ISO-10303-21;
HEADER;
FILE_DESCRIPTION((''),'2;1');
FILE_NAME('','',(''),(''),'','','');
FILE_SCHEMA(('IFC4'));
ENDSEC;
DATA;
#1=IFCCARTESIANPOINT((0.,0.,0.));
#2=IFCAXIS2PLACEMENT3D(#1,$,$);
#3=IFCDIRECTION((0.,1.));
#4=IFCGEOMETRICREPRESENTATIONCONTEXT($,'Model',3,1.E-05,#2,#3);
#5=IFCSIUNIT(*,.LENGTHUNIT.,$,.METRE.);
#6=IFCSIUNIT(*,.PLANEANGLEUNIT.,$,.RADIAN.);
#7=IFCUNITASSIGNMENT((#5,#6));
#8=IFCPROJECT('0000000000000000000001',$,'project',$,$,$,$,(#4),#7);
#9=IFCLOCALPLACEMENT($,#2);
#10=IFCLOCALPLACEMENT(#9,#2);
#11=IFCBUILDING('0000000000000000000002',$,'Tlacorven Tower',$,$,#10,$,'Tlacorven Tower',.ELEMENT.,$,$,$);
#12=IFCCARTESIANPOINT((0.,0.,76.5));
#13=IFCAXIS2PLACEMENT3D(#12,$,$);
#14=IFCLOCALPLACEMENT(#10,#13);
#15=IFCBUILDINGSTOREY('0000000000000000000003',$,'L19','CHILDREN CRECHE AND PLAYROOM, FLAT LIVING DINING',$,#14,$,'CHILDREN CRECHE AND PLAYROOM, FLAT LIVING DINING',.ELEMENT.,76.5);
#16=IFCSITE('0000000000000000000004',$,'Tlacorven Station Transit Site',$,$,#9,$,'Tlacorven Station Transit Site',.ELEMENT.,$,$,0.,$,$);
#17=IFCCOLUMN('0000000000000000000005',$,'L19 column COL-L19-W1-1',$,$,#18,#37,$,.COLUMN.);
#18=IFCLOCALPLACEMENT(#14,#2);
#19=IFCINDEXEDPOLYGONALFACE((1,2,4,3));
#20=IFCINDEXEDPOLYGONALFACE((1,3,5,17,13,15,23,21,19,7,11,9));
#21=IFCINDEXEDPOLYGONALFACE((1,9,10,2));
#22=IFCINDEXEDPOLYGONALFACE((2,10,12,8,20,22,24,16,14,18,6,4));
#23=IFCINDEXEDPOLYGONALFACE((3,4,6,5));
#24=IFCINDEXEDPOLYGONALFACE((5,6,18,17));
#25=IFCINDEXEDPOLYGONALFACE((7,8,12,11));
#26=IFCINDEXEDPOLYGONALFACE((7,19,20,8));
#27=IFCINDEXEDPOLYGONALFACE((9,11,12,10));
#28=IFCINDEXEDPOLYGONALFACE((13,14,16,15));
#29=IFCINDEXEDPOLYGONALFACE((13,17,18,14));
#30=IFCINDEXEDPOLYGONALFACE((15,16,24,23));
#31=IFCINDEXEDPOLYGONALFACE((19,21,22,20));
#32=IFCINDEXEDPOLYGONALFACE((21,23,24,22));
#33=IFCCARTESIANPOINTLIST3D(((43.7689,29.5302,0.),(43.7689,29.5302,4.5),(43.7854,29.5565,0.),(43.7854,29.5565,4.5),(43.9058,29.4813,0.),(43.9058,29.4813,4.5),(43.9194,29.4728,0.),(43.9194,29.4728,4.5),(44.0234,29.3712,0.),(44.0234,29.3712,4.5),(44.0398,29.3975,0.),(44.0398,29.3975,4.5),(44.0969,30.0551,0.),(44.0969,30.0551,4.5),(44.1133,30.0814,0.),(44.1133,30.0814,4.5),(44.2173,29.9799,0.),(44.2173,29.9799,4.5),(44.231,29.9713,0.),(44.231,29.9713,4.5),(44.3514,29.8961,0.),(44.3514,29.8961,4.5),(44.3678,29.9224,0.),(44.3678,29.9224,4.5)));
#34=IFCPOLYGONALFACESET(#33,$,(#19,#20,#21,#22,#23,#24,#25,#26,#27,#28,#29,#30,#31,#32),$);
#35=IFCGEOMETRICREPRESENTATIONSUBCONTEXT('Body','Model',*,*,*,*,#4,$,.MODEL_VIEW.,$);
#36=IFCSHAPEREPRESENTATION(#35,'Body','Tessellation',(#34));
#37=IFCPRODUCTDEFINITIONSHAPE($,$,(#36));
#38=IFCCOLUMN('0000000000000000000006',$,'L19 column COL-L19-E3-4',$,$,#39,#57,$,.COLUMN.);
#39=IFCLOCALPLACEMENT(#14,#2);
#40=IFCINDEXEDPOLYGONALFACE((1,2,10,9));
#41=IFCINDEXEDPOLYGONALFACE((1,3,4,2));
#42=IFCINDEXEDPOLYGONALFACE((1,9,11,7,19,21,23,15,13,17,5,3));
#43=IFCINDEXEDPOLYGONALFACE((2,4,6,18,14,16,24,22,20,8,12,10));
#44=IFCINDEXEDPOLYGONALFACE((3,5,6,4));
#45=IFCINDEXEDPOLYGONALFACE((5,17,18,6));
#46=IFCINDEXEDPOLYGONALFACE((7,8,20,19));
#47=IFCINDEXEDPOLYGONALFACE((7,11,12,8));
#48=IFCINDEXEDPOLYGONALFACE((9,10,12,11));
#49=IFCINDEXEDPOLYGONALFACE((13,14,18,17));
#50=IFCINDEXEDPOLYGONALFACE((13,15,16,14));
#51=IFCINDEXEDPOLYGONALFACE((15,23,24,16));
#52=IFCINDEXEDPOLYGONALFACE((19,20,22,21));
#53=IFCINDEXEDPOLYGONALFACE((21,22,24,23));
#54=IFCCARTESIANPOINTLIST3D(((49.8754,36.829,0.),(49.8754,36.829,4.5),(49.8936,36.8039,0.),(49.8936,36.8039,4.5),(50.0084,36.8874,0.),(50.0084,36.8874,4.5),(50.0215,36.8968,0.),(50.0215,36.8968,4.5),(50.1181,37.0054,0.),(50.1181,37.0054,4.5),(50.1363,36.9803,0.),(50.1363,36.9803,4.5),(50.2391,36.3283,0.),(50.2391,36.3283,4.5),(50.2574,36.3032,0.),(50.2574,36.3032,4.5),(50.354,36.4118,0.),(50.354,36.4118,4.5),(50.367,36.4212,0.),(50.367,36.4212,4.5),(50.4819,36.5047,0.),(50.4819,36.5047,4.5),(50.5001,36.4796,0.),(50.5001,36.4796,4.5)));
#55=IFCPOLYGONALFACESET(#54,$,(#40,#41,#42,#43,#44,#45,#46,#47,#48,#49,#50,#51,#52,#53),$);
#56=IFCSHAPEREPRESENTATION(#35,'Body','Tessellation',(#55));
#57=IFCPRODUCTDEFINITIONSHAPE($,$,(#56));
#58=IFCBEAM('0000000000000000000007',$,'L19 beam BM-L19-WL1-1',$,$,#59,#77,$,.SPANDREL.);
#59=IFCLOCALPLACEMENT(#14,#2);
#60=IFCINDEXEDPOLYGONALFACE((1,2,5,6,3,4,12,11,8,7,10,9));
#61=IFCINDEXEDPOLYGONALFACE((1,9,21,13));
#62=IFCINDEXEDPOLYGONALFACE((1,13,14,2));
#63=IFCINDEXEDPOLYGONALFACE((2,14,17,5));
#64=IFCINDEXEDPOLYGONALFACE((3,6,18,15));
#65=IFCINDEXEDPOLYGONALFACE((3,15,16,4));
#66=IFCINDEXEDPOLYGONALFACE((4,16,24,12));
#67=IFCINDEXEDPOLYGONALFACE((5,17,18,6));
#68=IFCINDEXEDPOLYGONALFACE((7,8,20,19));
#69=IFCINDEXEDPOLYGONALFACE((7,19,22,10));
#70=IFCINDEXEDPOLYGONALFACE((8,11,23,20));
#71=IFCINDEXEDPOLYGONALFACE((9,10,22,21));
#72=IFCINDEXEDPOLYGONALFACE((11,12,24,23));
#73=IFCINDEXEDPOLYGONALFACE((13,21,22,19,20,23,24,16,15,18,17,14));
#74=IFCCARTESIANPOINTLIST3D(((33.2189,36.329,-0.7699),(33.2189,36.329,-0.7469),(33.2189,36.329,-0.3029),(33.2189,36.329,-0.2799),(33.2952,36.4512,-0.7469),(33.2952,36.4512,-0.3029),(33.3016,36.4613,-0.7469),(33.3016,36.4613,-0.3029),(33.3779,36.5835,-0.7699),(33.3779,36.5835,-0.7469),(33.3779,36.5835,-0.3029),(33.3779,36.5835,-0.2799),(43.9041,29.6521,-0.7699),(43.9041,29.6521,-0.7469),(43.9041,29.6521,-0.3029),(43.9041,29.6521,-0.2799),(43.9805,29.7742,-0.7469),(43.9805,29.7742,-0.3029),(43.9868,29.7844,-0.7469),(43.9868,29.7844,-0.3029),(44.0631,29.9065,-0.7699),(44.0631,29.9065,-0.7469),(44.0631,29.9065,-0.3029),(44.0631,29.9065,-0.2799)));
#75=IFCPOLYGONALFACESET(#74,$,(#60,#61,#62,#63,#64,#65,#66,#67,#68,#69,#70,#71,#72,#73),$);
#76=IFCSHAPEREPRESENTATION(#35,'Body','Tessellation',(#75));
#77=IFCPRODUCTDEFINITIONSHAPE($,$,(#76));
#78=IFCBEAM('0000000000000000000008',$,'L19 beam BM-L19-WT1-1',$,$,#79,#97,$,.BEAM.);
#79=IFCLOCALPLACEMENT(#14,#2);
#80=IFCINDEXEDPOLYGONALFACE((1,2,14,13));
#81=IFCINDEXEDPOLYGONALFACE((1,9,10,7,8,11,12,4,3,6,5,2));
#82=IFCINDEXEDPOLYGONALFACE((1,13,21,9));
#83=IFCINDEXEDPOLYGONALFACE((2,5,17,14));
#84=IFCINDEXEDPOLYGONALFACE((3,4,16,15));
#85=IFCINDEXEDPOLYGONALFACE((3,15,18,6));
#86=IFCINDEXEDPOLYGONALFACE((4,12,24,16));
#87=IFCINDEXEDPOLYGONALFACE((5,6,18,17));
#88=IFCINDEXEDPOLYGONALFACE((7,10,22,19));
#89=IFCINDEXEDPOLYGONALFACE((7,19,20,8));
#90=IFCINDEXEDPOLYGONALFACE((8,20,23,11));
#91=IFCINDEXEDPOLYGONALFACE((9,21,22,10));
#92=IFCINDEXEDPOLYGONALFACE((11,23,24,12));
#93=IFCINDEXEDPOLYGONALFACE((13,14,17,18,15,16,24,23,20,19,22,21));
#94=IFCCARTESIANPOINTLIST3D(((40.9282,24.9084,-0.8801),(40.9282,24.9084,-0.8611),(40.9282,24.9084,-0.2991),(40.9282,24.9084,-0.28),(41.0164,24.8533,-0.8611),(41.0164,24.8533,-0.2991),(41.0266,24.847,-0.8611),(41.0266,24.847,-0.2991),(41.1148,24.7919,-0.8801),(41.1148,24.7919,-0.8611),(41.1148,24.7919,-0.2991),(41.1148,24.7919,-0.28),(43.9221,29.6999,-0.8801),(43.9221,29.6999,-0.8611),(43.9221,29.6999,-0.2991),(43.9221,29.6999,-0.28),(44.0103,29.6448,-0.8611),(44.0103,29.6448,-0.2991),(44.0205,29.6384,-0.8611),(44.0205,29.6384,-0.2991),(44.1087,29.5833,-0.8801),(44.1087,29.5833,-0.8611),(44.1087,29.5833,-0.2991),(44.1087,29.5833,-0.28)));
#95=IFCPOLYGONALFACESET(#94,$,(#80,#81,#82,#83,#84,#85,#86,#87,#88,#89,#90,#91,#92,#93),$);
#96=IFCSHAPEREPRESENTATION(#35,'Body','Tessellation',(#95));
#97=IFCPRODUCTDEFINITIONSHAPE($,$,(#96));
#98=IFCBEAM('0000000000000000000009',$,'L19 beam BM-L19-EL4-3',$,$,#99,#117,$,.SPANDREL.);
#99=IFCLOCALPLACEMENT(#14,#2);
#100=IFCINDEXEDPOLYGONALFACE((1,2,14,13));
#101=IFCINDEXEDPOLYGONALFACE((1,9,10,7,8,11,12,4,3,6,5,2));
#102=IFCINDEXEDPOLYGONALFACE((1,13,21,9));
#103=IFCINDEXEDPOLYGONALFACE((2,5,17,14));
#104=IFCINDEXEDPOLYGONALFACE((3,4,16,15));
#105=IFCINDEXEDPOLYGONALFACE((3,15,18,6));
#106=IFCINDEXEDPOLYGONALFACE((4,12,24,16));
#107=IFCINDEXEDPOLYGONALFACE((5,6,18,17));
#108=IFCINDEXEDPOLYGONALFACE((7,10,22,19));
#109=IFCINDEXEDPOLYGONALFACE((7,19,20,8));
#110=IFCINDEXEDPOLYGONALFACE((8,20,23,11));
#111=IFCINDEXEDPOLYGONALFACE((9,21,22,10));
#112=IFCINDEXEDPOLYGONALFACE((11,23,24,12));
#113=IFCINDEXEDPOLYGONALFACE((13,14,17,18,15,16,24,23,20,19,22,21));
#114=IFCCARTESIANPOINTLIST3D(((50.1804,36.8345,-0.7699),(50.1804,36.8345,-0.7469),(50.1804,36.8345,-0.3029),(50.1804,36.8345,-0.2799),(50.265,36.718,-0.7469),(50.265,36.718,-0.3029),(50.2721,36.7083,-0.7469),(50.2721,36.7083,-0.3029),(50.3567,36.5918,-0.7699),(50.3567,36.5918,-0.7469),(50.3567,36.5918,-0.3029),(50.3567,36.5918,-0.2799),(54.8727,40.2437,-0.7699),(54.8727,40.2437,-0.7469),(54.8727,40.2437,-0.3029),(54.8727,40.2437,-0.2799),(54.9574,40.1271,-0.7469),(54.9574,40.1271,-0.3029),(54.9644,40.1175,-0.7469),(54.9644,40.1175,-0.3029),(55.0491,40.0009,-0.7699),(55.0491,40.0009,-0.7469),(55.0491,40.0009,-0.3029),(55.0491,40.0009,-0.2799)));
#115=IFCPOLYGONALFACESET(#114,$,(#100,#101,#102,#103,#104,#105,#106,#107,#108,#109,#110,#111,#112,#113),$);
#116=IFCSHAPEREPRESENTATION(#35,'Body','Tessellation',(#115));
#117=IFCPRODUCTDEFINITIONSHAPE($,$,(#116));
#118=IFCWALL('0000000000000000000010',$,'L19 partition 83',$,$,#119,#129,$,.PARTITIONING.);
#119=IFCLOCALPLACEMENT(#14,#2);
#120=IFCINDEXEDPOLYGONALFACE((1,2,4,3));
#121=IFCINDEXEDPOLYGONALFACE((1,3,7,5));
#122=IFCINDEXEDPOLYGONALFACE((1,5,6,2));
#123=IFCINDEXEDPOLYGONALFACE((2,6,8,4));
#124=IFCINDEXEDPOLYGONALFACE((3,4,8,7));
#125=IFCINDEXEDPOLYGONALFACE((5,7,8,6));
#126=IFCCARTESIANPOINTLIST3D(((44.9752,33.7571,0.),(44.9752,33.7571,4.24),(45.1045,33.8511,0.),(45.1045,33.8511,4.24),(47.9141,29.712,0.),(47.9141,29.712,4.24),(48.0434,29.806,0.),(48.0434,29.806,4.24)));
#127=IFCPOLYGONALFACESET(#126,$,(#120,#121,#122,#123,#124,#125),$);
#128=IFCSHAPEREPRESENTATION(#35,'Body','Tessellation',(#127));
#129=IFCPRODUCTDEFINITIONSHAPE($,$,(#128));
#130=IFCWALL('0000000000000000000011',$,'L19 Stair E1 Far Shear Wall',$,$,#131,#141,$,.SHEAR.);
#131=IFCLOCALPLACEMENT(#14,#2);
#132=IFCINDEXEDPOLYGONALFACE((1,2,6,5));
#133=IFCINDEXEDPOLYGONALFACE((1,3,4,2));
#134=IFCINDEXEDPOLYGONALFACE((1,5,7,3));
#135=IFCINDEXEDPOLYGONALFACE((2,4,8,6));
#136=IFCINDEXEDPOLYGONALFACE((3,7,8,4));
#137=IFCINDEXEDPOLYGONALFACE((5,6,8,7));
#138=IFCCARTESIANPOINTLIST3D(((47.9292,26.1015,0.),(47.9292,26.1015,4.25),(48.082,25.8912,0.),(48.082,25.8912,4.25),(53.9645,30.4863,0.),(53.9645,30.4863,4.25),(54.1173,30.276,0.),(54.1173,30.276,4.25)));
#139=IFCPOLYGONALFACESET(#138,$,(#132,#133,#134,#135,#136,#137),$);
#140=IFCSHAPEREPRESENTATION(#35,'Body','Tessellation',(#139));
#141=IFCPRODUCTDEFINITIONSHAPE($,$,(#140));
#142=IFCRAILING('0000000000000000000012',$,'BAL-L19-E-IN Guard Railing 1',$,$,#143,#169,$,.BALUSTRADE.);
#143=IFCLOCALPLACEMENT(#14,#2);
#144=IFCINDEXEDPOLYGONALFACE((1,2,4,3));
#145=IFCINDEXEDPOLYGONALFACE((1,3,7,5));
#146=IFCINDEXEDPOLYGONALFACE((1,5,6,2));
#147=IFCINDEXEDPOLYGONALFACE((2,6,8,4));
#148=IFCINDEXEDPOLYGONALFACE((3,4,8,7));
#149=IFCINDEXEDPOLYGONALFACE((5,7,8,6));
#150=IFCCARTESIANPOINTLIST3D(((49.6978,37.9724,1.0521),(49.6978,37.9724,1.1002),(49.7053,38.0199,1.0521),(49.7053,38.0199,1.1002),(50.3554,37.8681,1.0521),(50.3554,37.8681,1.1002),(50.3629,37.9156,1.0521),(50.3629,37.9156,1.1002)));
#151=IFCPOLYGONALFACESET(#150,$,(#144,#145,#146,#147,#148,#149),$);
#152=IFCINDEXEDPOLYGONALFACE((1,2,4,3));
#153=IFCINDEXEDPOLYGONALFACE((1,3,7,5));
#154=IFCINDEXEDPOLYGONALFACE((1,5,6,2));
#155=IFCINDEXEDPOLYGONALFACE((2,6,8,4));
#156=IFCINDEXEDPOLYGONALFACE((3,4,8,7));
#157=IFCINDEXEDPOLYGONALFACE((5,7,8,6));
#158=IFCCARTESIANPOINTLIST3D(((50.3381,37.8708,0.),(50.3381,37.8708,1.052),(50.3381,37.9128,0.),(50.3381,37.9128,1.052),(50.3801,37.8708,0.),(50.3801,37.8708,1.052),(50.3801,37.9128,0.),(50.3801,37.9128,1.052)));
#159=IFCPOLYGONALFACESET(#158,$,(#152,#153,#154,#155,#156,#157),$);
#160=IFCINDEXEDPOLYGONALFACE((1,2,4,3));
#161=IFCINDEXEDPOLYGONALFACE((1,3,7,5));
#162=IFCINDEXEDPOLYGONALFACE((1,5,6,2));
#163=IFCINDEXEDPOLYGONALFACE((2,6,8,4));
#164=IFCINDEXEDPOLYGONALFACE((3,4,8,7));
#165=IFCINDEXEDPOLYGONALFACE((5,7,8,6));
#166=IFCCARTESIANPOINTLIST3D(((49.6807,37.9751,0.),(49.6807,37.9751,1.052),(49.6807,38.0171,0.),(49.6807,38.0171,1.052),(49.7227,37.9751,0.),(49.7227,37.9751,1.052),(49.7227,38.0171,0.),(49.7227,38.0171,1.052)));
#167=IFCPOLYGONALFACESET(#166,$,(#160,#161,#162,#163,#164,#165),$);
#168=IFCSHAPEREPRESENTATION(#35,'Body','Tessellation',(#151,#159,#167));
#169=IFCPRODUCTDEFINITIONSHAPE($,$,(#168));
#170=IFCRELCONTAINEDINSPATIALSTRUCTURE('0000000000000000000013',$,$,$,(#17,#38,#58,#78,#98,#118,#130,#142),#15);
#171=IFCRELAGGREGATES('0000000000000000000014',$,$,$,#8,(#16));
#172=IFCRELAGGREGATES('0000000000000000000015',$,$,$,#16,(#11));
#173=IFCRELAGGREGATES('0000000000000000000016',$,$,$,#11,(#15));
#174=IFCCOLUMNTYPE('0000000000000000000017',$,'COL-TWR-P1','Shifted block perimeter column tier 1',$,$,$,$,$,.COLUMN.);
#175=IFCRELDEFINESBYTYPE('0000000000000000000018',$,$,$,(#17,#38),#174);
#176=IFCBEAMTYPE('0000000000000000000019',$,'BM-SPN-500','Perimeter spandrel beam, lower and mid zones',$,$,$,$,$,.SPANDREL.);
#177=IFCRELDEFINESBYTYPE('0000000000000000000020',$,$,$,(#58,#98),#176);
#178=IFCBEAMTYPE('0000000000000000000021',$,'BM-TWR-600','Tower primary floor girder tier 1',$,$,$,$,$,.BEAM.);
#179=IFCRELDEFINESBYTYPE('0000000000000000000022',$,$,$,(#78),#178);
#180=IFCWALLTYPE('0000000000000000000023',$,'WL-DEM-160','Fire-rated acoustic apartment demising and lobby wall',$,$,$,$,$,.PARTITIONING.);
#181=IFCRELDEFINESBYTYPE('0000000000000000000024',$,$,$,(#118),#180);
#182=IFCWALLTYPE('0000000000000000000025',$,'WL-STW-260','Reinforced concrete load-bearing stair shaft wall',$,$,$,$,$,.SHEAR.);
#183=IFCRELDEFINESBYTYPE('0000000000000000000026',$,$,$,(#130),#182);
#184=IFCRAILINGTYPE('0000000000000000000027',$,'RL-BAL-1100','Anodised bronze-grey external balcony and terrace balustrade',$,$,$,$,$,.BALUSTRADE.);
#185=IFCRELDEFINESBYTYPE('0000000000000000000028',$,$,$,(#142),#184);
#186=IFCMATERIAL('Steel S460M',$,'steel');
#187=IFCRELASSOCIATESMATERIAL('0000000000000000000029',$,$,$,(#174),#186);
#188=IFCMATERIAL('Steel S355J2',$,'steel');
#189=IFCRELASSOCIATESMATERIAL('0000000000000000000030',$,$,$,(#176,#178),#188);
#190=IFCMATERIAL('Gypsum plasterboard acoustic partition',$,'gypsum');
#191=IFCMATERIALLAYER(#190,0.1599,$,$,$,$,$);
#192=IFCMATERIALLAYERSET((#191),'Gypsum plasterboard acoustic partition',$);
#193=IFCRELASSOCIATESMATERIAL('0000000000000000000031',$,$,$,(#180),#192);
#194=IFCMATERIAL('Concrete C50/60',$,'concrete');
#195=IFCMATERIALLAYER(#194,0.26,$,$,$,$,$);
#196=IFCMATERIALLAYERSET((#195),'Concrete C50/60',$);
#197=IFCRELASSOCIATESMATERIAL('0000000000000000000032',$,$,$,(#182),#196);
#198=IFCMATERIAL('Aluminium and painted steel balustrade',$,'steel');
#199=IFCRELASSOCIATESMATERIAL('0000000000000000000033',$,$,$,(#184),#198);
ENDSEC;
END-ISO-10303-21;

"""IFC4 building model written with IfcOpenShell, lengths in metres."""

from ifc_helpers import new_model, si_unit, direction, frame, frame_2d, origin, origin_2d, place, context, subcontext, project, spatial, rectangle, i_section, extrude, source, transform, mapped, material, layer, layer_set, material_profile, profile_set, type_object, element, save


model = new_model("IFC4")

# Units and contexts
model_context = context("Model", 3, precision=1e-05, world=origin(), true_north=direction((0.0, 1.0)))
body_context = subcontext(model_context, "Body", "Model", "MODEL_VIEW")
ifc_project = project(units=[si_unit("LENGTHUNIT", "METRE"), si_unit("PLANEANGLEUNIT", "RADIAN")], contexts=[model_context])

# Site, building, storey
site_placement = place(None, origin())
site = spatial("IfcSite", under=ifc_project, at=site_placement, Name="Tlacorven Station Transit Site", LongName="Tlacorven Station Transit Site", CompositionType="ELEMENT", RefElevation=0.0)
building_placement = place(site_placement, origin())
building = spatial("IfcBuilding", under=site, at=building_placement, Name="Tlacorven Tower", LongName="Tlacorven Tower", CompositionType="ELEMENT")
storey_placement = place(building_placement, frame((0.0, 0.0, 76.5)))
storey = spatial("IfcBuildingStorey", under=building, at=storey_placement, Name="L19", Description="CHILDREN CRECHE AND PLAYROOM, FLAT LIVING DINING", LongName="CHILDREN CRECHE AND PLAYROOM, FLAT LIVING DINING", CompositionType="ELEMENT", Elevation=76.5)

# Columns
ifc_material_1 = material(Name="Steel S460M", Category="steel")
ifc_material_profile_1 = material_profile(ifc_material_1, i_section(OverallWidth=0.3, OverallDepth=0.6499, WebThickness=0.0161, FlangeThickness=0.031, at=origin_2d()), Name="HEB 650")
ifc_profile_set_1 = profile_set([ifc_material_profile_1], Name="Steel S460M")
column_type = type_object("IfcColumnType", Name="COL-TWR-P1", Description="Shifted block perimeter column tier 1", PredefinedType="COLUMN", material=ifc_profile_set_1)
shared_shape_1 = source(origin(), body_context, "Body", "SweptSolid", [
    extrude(i_section(OverallWidth=0.3, OverallDepth=0.6499, WebThickness=0.0161, FlangeThickness=0.031, at=origin_2d()), origin(), (0.0, 0.0, 1.0), 4.5),
])
for number, where, z_axis, x_axis, name in (
    (1, (44.0684, 29.7263, 0.0), (0.0, 0.0, 1.0), (-0.848048, 0.529919, 0.0), "L19 column COL-L19-W1-1"),
    (2, (50.1877, 36.6543, 0.0), (0.0, 0.0, 1.0), (0.809017, 0.587785, 0.0), "L19 column COL-L19-E3-4"),
):
    element("IfcColumn", number, at=place(storey_placement, frame(where, z_axis=z_axis, x_axis=x_axis)), inside=storey, type_object=column_type, Name=name, PredefinedType="COLUMN", context=body_context, shape_type="MappedRepresentation", body=[
        mapped(shared_shape_1, transform((0.0, 0.0, 0.0), scale=1.0)),
    ])

# Beams
ifc_material_2 = material(Name="Steel S355J2", Category="steel")
ifc_material_profile_2 = material_profile(ifc_material_2, i_section(OverallWidth=0.3, OverallDepth=0.49, WebThickness=0.012, FlangeThickness=0.0229, at=origin_2d()), Name="HEA 500")
ifc_profile_set_2 = profile_set([ifc_material_profile_2], Name="Steel S355J2")
beam_type_1 = type_object("IfcBeamType", Name="BM-SPN-500", Description="Perimeter spandrel beam, lower and mid zones", PredefinedType="SPANDREL", material=ifc_profile_set_2)
shared_shape_2 = source(origin(), body_context, "Body", "SweptSolid", [
    extrude(i_section(OverallWidth=0.3, OverallDepth=0.49, WebThickness=0.012, FlangeThickness=0.0229, at=origin_2d()), origin(), (0.0, 0.0, 1.0), 12.5999),
])
beam_1_placement = place(storey_placement, frame((43.9836, 29.7793, -0.5249), z_axis=(-0.848045, 0.529924, 0.0), x_axis=(-0.529924, -0.848045, 0.0)))
element("IfcBeam", 3, at=beam_1_placement, inside=storey, type_object=beam_type_1, Name="L19 beam BM-L19-WL1-1", PredefinedType="SPANDREL", context=body_context, shape_type="MappedRepresentation", body=[
    mapped(shared_shape_2, transform((0.0, 0.0, 0.0), scale=1.0)),
])
ifc_material_profile_3 = material_profile(ifc_material_2, i_section(OverallWidth=0.22, OverallDepth=0.6001, WebThickness=0.012, FlangeThickness=0.019, at=origin_2d()), Name="IPE 600")
ifc_profile_set_3 = profile_set([ifc_material_profile_3], Name="Steel S355J2")
beam_type_2 = type_object("IfcBeamType", Name="BM-TWR-600", Description="Tower primary floor girder tier 1", PredefinedType="BEAM", material=ifc_profile_set_3)
shared_shape_3 = source(origin(), body_context, "Body", "SweptSolid", [
    extrude(i_section(OverallWidth=0.22, OverallDepth=0.6001, WebThickness=0.012, FlangeThickness=0.019, at=origin_2d()), origin(), (0.0, 0.0, 1.0), 5.6499),
])
beam_2_placement = place(storey_placement, frame((44.0154, 29.6416, -0.5801), z_axis=(-0.529898, -0.848061, 0.0), x_axis=(0.848061, -0.529898, 0.0)))
element("IfcBeam", 4, at=beam_2_placement, inside=storey, type_object=beam_type_2, Name="L19 beam BM-L19-WT1-1", PredefinedType="BEAM", context=body_context, shape_type="MappedRepresentation", body=[
    mapped(shared_shape_3, transform((0.0, 0.0, 0.0), scale=1.0)),
])
shared_shape_4 = source(origin(), body_context, "Body", "SweptSolid", [
    extrude(i_section(OverallWidth=0.3, OverallDepth=0.49, WebThickness=0.012, FlangeThickness=0.0229, at=origin_2d()), origin(), (0.0, 0.0, 1.0), 5.8),
])
beam_3_placement = place(storey_placement, frame((50.2686, 36.7131, -0.5249), z_axis=(0.80902, 0.587781, 0.0), x_axis=(-0.587781, 0.80902, 0.0)))
element("IfcBeam", 5, at=beam_3_placement, inside=storey, type_object=beam_type_1, Name="L19 beam BM-L19-EL4-3", PredefinedType="SPANDREL", context=body_context, shape_type="MappedRepresentation", body=[
    mapped(shared_shape_4, transform((0.0, 0.0, 0.0), scale=1.0)),
])

# Walls
ifc_material_3 = material(Name="Gypsum plasterboard acoustic partition", Category="gypsum")
ifc_layer_1 = layer(ifc_material_3, 0.1599)
ifc_layer_set_1 = layer_set([ifc_layer_1], Name="Gypsum plasterboard acoustic partition")
wall_type_1 = type_object("IfcWallType", Name="WL-DEM-160", Description="Fire-rated acoustic apartment demising and lobby wall", PredefinedType="PARTITIONING", material=ifc_layer_set_1)
wall_1_placement = place(storey_placement, frame((47.9788, 29.759, 0.0), z_axis=(0.0, 0.0, 1.0), x_axis=(-0.587783, 0.809019, 0.0)))
element("IfcWall", 6, at=wall_1_placement, inside=storey, type_object=wall_type_1, Name="L19 partition 83", PredefinedType="PARTITIONING", context=body_context, shape_type="SweptSolid", body=[
    extrude(rectangle(XDim=5.0, YDim=0.1599, at=frame_2d((2.5, 0.0))), origin(), (0.0, 0.0, 1.0), 4.24),
])
ifc_material_4 = material(Name="Concrete C50/60", Category="concrete")
ifc_layer_2 = layer(ifc_material_4, 0.26)
ifc_layer_set_2 = layer_set([ifc_layer_2], Name="Concrete C50/60")
wall_type_2 = type_object("IfcWallType", Name="WL-STW-260", Description="Reinforced concrete load-bearing stair shaft wall", PredefinedType="SHEAR", material=ifc_layer_set_2)
wall_2_placement = place(storey_placement, frame((48.0056, 25.9963, 0.0), z_axis=(0.0, 0.0, 1.0), x_axis=(0.809019, 0.587782, 0.0)))
element("IfcWall", 7, at=wall_2_placement, inside=storey, type_object=wall_type_2, Name="L19 Stair E1 Far Shear Wall", PredefinedType="SHEAR", context=body_context, shape_type="SweptSolid", body=[
    extrude(rectangle(XDim=7.46, YDim=0.26, at=frame_2d((3.73, 0.0))), origin(), (0.0, 0.0, 1.0), 4.25),
])

# Railing
ifc_material_5 = material(Name="Aluminium and painted steel balustrade", Category="steel")
railing_type = type_object("IfcRailingType", Name="RL-BAL-1100", Description="Anodised bronze-grey external balcony and terrace balustrade", PredefinedType="BALUSTRADE", material=ifc_material_5)
shared_shape_5 = source(origin(), body_context, "Body", "SweptSolid", [
    extrude(rectangle(XDim=0.0481, YDim=0.0481, at=origin_2d()), frame((0.0, 0.0, 1.0762), z_axis=(-0.987662, 0.156603, 0.0), x_axis=(-0.156603, -0.987662, 0.0)), (0.0, 0.0, 1.0), 0.6658),
    extrude(rectangle(XDim=0.042, YDim=0.042, at=origin_2d()), origin(), (0.0, 0.0, 1.0), 1.052),
    extrude(rectangle(XDim=0.042, YDim=0.042, at=origin_2d()), frame((-0.6575, 0.1042, 0.0)), (0.0, 0.0, 1.0), 1.052),
])
railing_1_placement = place(storey_placement, frame((50.3591, 37.8918, 0.0)))
element("IfcRailing", 8, at=railing_1_placement, inside=storey, type_object=railing_type, Name="BAL-L19-E-IN Guard Railing 1", PredefinedType="BALUSTRADE", context=body_context, shape_type="MappedRepresentation", body=[
    mapped(shared_shape_5, transform((0.0, 0.0, 0.0), scale=1.0)),
])

save(model, "model.ifc")
